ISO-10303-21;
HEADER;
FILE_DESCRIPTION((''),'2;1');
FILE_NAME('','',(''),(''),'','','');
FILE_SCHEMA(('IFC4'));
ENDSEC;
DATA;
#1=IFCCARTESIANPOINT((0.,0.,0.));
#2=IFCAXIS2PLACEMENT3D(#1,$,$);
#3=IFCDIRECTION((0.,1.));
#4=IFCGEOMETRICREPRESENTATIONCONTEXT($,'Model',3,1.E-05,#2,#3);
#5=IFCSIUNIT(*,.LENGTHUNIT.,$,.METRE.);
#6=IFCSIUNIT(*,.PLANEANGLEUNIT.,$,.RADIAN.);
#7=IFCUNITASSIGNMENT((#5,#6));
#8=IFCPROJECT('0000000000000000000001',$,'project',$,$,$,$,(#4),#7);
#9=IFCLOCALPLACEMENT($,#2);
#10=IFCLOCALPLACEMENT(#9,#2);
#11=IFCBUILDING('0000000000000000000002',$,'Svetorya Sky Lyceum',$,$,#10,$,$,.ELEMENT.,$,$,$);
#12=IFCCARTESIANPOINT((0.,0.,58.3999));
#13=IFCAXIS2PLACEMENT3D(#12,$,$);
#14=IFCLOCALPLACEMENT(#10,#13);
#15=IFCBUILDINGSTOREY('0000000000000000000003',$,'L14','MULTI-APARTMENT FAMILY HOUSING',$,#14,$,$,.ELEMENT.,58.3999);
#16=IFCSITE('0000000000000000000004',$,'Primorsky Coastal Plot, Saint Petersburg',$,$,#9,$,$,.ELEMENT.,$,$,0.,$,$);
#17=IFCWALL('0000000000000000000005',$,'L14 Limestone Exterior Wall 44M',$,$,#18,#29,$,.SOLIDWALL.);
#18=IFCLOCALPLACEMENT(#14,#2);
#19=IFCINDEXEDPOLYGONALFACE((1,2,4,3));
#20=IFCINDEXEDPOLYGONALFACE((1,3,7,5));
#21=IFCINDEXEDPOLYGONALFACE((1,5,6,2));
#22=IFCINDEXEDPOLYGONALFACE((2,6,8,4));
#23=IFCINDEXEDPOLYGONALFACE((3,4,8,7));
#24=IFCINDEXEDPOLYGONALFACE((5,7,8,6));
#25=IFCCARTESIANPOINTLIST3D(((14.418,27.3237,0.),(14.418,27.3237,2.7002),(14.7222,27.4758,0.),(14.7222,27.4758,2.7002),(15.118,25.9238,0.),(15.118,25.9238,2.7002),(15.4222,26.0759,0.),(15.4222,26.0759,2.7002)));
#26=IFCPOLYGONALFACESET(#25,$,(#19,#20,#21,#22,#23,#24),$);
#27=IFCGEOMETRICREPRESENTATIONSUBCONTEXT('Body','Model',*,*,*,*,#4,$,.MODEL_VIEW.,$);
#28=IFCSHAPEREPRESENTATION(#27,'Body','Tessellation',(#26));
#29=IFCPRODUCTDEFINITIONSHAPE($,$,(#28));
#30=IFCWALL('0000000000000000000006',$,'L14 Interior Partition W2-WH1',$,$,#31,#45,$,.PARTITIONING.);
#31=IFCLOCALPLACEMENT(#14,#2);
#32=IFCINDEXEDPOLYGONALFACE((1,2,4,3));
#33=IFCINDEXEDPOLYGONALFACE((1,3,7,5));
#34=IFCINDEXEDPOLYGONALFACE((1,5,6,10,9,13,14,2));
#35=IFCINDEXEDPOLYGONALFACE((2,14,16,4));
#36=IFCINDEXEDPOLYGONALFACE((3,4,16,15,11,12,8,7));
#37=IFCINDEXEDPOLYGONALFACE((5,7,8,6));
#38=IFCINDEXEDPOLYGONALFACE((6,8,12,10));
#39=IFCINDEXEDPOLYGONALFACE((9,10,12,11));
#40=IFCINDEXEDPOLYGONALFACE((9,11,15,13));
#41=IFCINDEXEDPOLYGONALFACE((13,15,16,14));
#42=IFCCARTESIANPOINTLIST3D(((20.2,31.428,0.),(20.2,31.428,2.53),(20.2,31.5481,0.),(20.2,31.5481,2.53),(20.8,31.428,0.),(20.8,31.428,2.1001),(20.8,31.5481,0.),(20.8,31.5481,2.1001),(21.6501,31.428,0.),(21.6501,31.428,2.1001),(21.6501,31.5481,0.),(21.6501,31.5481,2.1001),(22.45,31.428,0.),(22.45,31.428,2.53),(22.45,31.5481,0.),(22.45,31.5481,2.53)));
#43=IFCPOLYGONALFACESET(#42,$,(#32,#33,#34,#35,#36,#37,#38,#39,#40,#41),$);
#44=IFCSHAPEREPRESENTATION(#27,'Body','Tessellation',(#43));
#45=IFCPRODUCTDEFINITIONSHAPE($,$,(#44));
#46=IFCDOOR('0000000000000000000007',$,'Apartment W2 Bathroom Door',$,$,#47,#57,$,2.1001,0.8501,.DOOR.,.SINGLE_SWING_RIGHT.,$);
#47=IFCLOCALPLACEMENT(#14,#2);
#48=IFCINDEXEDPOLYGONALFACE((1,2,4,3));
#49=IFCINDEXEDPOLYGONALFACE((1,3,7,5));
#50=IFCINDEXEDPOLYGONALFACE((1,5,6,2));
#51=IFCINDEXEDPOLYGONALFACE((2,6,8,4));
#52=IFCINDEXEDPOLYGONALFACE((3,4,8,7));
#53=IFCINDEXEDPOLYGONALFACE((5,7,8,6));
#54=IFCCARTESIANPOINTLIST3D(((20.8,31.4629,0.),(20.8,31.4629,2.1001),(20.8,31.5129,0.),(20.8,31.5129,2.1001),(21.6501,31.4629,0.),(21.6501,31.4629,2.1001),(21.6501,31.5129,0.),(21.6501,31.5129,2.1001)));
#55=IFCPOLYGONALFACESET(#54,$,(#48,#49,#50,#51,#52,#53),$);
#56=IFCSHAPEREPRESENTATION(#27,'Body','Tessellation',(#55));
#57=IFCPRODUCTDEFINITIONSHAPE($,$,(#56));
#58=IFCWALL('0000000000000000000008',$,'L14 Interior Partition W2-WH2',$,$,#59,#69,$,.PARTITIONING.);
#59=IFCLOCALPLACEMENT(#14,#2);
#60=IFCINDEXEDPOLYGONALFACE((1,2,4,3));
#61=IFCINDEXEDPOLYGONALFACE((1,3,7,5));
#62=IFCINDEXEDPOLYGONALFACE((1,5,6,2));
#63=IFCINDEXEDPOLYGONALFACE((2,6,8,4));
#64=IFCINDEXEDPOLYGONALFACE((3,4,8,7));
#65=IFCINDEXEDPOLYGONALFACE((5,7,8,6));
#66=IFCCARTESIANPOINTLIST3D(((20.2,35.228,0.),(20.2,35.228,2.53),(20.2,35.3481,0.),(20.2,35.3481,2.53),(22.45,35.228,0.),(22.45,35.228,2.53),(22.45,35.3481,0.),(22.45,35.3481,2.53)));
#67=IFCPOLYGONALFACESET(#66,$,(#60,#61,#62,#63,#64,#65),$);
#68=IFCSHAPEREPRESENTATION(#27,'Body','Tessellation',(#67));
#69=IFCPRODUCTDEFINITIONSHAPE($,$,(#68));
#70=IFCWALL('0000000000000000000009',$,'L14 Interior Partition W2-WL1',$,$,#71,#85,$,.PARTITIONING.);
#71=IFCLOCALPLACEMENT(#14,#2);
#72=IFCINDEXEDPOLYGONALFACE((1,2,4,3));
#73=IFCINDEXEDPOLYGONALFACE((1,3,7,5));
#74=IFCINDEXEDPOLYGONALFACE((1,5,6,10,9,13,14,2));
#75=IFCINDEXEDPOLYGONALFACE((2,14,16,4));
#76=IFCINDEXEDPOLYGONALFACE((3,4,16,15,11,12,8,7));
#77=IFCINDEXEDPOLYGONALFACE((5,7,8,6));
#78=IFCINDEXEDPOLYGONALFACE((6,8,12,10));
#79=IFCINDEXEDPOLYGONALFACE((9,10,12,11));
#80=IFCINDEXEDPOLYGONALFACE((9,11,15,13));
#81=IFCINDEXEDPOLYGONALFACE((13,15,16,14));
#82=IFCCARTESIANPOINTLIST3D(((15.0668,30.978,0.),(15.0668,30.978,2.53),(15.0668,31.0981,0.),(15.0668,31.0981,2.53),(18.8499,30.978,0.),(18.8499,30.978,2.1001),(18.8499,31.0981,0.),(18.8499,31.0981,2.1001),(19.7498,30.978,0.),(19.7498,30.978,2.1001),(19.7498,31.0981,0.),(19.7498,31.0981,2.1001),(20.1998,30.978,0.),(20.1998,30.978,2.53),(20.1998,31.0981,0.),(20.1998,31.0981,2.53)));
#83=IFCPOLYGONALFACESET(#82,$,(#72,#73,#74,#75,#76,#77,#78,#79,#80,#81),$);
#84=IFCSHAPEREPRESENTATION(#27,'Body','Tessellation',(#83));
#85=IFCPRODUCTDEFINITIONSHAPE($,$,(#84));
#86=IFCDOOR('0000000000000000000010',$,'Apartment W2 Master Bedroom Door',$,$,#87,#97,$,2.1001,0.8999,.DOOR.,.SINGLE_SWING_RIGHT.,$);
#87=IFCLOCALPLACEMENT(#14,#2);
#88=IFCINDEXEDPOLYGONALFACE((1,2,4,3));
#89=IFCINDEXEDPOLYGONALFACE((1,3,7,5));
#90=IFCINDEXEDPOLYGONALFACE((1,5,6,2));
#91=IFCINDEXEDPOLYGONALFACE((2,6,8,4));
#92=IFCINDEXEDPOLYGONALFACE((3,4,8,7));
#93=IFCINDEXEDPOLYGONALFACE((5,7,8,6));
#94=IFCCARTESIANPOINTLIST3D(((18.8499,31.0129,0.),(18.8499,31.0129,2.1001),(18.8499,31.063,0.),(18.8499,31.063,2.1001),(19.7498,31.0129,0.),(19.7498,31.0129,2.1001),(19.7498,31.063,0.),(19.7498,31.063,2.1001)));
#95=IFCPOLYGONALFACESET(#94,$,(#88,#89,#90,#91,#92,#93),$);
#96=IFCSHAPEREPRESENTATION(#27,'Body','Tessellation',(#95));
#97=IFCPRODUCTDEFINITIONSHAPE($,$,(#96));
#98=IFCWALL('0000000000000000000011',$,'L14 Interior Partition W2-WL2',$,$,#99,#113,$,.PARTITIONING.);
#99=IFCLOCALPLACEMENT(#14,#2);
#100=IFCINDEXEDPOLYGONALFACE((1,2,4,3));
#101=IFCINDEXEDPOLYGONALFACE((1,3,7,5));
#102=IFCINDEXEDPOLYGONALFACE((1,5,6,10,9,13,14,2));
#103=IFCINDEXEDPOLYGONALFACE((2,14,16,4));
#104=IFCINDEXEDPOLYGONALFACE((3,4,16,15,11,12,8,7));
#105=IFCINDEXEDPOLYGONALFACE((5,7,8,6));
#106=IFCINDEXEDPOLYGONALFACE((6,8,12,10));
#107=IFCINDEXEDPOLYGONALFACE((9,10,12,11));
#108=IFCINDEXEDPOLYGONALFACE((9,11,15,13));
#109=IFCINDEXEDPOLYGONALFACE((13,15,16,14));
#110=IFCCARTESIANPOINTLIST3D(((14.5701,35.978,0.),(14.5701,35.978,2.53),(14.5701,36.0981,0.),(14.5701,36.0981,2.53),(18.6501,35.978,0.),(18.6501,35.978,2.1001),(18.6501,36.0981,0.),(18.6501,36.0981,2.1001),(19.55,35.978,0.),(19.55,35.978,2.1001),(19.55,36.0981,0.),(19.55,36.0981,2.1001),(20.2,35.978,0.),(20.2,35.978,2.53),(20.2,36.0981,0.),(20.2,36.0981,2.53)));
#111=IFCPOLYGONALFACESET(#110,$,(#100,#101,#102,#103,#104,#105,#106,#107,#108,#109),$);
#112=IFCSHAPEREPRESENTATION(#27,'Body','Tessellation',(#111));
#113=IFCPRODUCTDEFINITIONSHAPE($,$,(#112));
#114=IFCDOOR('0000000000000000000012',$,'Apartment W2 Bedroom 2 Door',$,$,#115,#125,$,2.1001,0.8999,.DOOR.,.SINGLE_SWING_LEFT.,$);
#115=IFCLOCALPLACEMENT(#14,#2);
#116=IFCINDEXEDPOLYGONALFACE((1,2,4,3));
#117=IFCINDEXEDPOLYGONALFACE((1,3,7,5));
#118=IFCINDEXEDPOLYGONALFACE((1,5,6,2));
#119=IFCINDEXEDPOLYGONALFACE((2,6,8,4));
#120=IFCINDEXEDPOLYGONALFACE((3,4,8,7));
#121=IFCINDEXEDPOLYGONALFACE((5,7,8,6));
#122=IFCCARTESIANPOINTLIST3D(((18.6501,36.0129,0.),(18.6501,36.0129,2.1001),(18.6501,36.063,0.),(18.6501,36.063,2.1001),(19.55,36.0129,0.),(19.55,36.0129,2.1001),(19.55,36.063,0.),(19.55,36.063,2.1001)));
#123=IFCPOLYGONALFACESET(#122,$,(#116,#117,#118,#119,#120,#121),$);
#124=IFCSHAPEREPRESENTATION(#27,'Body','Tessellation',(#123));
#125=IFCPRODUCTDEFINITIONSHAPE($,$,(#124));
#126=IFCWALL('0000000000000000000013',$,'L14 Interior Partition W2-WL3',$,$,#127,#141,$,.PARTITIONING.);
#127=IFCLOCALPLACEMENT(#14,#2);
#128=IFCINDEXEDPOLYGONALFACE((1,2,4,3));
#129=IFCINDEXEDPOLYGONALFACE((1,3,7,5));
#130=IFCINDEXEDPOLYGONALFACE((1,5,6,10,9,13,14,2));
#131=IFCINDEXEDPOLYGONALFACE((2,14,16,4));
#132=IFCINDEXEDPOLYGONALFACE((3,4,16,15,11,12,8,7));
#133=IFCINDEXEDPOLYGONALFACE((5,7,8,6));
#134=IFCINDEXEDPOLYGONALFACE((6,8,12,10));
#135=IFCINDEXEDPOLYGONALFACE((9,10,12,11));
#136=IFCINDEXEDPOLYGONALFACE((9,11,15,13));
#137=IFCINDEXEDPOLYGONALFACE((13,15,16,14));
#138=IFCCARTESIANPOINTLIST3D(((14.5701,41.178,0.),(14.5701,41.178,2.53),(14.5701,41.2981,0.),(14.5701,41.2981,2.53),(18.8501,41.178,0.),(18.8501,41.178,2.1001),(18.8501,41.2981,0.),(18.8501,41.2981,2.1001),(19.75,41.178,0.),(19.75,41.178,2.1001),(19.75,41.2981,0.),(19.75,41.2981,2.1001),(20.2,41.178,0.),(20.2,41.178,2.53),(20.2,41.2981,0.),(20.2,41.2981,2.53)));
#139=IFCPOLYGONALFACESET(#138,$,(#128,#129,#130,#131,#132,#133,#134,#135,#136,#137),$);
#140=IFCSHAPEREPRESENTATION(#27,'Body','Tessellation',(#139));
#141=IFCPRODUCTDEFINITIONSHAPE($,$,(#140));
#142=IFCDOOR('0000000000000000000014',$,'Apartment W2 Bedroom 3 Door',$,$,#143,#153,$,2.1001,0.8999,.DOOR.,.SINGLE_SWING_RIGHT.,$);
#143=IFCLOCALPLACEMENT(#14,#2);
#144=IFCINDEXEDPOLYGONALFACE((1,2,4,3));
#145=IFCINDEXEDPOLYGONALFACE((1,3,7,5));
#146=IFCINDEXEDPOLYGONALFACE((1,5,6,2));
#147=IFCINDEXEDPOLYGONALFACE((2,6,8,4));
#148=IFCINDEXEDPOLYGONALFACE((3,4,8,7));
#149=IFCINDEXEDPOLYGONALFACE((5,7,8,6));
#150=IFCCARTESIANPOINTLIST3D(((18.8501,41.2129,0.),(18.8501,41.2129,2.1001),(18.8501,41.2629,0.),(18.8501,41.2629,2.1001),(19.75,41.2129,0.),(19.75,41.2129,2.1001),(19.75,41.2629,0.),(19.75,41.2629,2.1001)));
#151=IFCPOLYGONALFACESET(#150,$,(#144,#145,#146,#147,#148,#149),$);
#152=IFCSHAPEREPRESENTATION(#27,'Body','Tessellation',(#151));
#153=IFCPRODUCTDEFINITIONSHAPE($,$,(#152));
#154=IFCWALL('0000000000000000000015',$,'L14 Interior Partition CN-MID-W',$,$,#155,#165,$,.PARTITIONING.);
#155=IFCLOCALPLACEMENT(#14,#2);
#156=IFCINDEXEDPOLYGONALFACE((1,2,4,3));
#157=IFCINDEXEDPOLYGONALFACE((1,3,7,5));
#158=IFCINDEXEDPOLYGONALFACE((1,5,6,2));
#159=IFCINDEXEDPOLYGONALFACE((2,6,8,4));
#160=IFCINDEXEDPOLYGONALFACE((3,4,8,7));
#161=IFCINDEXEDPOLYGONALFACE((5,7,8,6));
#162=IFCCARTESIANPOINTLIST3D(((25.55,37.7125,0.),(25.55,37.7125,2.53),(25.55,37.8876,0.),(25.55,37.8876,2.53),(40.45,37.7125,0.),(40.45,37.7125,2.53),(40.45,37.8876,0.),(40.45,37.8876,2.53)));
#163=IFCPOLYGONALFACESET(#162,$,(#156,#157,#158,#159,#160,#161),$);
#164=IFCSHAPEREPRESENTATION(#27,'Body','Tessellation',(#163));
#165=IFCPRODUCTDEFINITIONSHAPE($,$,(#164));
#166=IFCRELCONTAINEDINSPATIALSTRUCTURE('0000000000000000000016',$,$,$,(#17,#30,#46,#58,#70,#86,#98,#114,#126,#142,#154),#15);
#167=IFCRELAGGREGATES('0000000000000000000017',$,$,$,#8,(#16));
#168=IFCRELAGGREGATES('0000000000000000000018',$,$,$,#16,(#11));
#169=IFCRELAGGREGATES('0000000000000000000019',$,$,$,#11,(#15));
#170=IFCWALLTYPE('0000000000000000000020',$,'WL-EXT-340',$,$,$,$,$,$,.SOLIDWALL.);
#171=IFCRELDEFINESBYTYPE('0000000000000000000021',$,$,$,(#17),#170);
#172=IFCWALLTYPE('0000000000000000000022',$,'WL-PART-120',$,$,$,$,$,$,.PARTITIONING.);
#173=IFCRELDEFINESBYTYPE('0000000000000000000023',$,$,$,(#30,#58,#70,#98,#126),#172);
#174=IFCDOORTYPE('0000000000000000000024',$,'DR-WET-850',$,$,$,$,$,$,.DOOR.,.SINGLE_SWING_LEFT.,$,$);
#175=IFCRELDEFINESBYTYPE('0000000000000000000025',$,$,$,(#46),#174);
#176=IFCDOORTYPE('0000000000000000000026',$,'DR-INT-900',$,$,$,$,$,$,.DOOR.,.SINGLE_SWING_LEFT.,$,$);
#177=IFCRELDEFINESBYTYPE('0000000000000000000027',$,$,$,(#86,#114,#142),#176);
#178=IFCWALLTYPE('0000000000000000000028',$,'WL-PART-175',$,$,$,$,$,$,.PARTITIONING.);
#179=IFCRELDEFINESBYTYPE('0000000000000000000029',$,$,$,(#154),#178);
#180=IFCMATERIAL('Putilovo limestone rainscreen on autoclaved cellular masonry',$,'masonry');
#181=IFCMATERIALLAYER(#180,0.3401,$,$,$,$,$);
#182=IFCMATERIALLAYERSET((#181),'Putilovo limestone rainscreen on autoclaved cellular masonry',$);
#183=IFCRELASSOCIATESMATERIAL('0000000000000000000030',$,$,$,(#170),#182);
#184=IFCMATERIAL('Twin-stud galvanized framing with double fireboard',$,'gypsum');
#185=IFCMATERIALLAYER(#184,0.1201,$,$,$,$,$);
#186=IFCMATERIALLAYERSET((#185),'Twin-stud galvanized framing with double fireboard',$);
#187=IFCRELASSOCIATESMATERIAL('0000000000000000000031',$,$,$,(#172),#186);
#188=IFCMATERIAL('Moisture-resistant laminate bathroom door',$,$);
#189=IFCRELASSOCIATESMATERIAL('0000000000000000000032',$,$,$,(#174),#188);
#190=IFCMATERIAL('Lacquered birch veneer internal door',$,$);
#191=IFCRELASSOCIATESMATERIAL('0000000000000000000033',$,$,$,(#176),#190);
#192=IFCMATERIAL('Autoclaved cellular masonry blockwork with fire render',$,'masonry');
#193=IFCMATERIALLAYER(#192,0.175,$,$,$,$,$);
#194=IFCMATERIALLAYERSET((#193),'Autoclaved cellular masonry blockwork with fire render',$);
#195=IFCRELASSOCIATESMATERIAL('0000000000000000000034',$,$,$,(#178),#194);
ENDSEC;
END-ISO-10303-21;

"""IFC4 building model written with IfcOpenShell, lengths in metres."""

from ifc_helpers import new_model, si_unit, direction, frame, frame_2d, origin, place, context, subcontext, project, spatial, rectangle, extrude, material, layer, layer_set, type_object, element, fill, save


model = new_model("IFC4")

# Units and contexts
model_context = context("Model", 3, precision=1e-05, world=origin(), true_north=direction((0.0, 1.0)))
body_context = subcontext(model_context, "Body", "Model", "MODEL_VIEW")
ifc_project = project(units=[si_unit("LENGTHUNIT", "METRE"), si_unit("PLANEANGLEUNIT", "RADIAN")], contexts=[model_context])

# Site, building, storey
site_placement = place(None, origin())
site = spatial("IfcSite", under=ifc_project, at=site_placement, Name="Primorsky Coastal Plot, Saint Petersburg", CompositionType="ELEMENT", RefElevation=0.0)
building_placement = place(site_placement, origin())
building = spatial("IfcBuilding", under=site, at=building_placement, Name="Svetorya Sky Lyceum", CompositionType="ELEMENT")
storey_placement = place(building_placement, frame((0.0, 0.0, 58.3999)))
storey = spatial("IfcBuildingStorey", under=building, at=storey_placement, Name="L14", Description="MULTI-APARTMENT FAMILY HOUSING", CompositionType="ELEMENT", Elevation=58.3999)

# Shared definitions
ifc_material_1 = material(Name="Putilovo limestone rainscreen on autoclaved cellular masonry", Category="masonry")
ifc_layer_1 = layer(ifc_material_1, 0.3401)
ifc_layer_set_1 = layer_set([ifc_layer_1], Name="Putilovo limestone rainscreen on autoclaved cellular masonry")
wall_type_1 = type_object("IfcWallType", Name="WL-EXT-340", PredefinedType="SOLIDWALL", material=ifc_layer_set_1)

# Wall
wall_1_placement = place(storey_placement, frame((14.5701, 27.3999, 0.0), z_axis=(0.0, 0.0, 1.0), x_axis=(0.447214, -0.894427, 0.0)))
element("IfcWall", 1, at=wall_1_placement, inside=storey, type_object=wall_type_1, Name="L14 Limestone Exterior Wall 44M", PredefinedType="SOLIDWALL", context=body_context, shape_type="SweptSolid", body=[
    extrude(rectangle(XDim=1.5652, YDim=0.3401, at=frame_2d((0.7827, 0.0))), origin(), (0.0, 0.0, 1.0), 2.7002),
])

# Wall, opening, door
ifc_material_2 = material(Name="Twin-stud galvanized framing with double fireboard", Category="gypsum")
ifc_layer_2 = layer(ifc_material_2, 0.1201)
ifc_layer_set_2 = layer_set([ifc_layer_2], Name="Twin-stud galvanized framing with double fireboard")
wall_type_2 = type_object("IfcWallType", Name="WL-PART-120", PredefinedType="PARTITIONING", material=ifc_layer_set_2)
wall_2_placement = place(storey_placement, frame((20.2, 31.488, 0.0), z_axis=(0.0, 0.0, 1.0), x_axis=(1.0, 0.0, 0.0)))
wall_2 = element("IfcWall", 2, at=wall_2_placement, inside=storey, type_object=wall_type_2, Name="L14 Interior Partition W2-WH1", PredefinedType="PARTITIONING", context=body_context, shape_type="SweptSolid", body=[
    extrude(rectangle(XDim=2.25, YDim=0.1201, at=frame_2d((1.125, 0.0))), origin(), (0.0, 0.0, 1.0), 2.53),
])
opening_1_placement = place(wall_2_placement, frame((0.6001, 0.0, 0.0)))
opening_1 = element("IfcOpeningElement", 3, at=opening_1_placement, cuts=wall_2, PredefinedType="OPENING", context=body_context, shape_type="SweptSolid", body=[
    extrude(rectangle(XDim=0.8501, YDim=2.1001, at=frame_2d((0.425, 1.05))), frame((0.0, 0.0701, 0.0), z_axis=(0.0, -1.0, 0.0), x_axis=(1.0, 0.0, 0.0)), (0.0, 0.0, 1.0), 0.1401),
])
ifc_material_3 = material(Name="Moisture-resistant laminate bathroom door")
door_type_1 = type_object("IfcDoorType", Name="DR-WET-850", OperationType="SINGLE_SWING_LEFT", PredefinedType="DOOR", material=ifc_material_3)
door_1_placement = place(opening_1_placement, origin())
door_1 = element("IfcDoor", 4, at=door_1_placement, inside=storey, type_object=door_type_1, Name="Apartment W2 Bathroom Door", OperationType="SINGLE_SWING_RIGHT", OverallHeight=2.1001, OverallWidth=0.8501, PredefinedType="DOOR", context=body_context, shape_type="SweptSolid", body=[
    extrude(rectangle(XDim=0.8501, YDim=2.1001, at=frame_2d((0.425, 1.05))), frame((0.0, 0.0249, 0.0), z_axis=(0.0, -1.0, 0.0), x_axis=(1.0, 0.0, 0.0)), (0.0, 0.0, 1.0), 0.05),
])
fill(opening_1, door_1)

# Wall
wall_3_placement = place(storey_placement, frame((20.2, 35.2881, 0.0), z_axis=(0.0, 0.0, 1.0), x_axis=(1.0, 0.0, 0.0)))
element("IfcWall", 5, at=wall_3_placement, inside=storey, type_object=wall_type_2, Name="L14 Interior Partition W2-WH2", PredefinedType="PARTITIONING", context=body_context, shape_type="SweptSolid", body=[
    extrude(rectangle(XDim=2.25, YDim=0.1201, at=frame_2d((1.125, 0.0))), origin(), (0.0, 0.0, 1.0), 2.53),
])

# Walls, openings, doors
wall_4_placement = place(storey_placement, frame((15.0669, 31.0381, 0.0), z_axis=(0.0, 0.0, 1.0), x_axis=(1.0, 0.0, 0.0)))
wall_4 = element("IfcWall", 6, at=wall_4_placement, inside=storey, type_object=wall_type_2, Name="L14 Interior Partition W2-WL1", PredefinedType="PARTITIONING", context=body_context, shape_type="SweptSolid", body=[
    extrude(rectangle(XDim=5.1331, YDim=0.1201, at=frame_2d((2.5664, 0.0))), origin(), (0.0, 0.0, 1.0), 2.53),
])
opening_2_placement = place(wall_4_placement, frame((3.783, 0.0, 0.0)))
opening_2 = element("IfcOpeningElement", 7, at=opening_2_placement, cuts=wall_4, PredefinedType="OPENING", context=body_context, shape_type="SweptSolid", body=[
    extrude(rectangle(XDim=0.8999, YDim=2.1001, at=frame_2d((0.45, 1.05))), frame((0.0, 0.0701, 0.0), z_axis=(0.0, -1.0, 0.0), x_axis=(1.0, 0.0, 0.0)), (0.0, 0.0, 1.0), 0.1401),
])
ifc_material_4 = material(Name="Lacquered birch veneer internal door")
door_type_2 = type_object("IfcDoorType", Name="DR-INT-900", OperationType="SINGLE_SWING_LEFT", PredefinedType="DOOR", material=ifc_material_4)
door_2_placement = place(opening_2_placement, origin())
door_2 = element("IfcDoor", 8, at=door_2_placement, inside=storey, type_object=door_type_2, Name="Apartment W2 Master Bedroom Door", OperationType="SINGLE_SWING_RIGHT", OverallHeight=2.1001, OverallWidth=0.8999, PredefinedType="DOOR", context=body_context, shape_type="SweptSolid", body=[
    extrude(rectangle(XDim=0.8999, YDim=2.1001, at=frame_2d((0.45, 1.05))), frame((0.0, 0.0249, 0.0), z_axis=(0.0, -1.0, 0.0), x_axis=(1.0, 0.0, 0.0)), (0.0, 0.0, 1.0), 0.05),
])
fill(opening_2, door_2)
wall_5_placement = place(storey_placement, frame((14.5701, 36.0381, 0.0), z_axis=(0.0, 0.0, 1.0), x_axis=(1.0, 0.0, 0.0)))
wall_5 = element("IfcWall", 9, at=wall_5_placement, inside=storey, type_object=wall_type_2, Name="L14 Interior Partition W2-WL2", PredefinedType="PARTITIONING", context=body_context, shape_type="SweptSolid", body=[
    extrude(rectangle(XDim=5.6299, YDim=0.1201, at=frame_2d((2.8149, 0.0))), origin(), (0.0, 0.0, 1.0), 2.53),
])
opening_3_placement = place(wall_5_placement, frame((4.0801, 0.0, 0.0)))
opening_3 = element("IfcOpeningElement", 10, at=opening_3_placement, cuts=wall_5, PredefinedType="OPENING", context=body_context, shape_type="SweptSolid", body=[
    extrude(rectangle(XDim=0.8999, YDim=2.1001, at=frame_2d((0.45, 1.05))), frame((0.0, 0.0701, 0.0), z_axis=(0.0, -1.0, 0.0), x_axis=(1.0, 0.0, 0.0)), (0.0, 0.0, 1.0), 0.1401),
])
door_3_placement = place(opening_3_placement, origin())
door_3 = element("IfcDoor", 11, at=door_3_placement, inside=storey, type_object=door_type_2, Name="Apartment W2 Bedroom 2 Door", OperationType="SINGLE_SWING_LEFT", OverallHeight=2.1001, OverallWidth=0.8999, PredefinedType="DOOR", context=body_context, shape_type="SweptSolid", body=[
    extrude(rectangle(XDim=0.8999, YDim=2.1001, at=frame_2d((0.45, 1.05))), frame((0.0, 0.0249, 0.0), z_axis=(0.0, -1.0, 0.0), x_axis=(1.0, 0.0, 0.0)), (0.0, 0.0, 1.0), 0.05),
])
fill(opening_3, door_3)
wall_6_placement = place(storey_placement, frame((14.5701, 41.238, 0.0), z_axis=(0.0, 0.0, 1.0), x_axis=(1.0, 0.0, 0.0)))
wall_6 = element("IfcWall", 12, at=wall_6_placement, inside=storey, type_object=wall_type_2, Name="L14 Interior Partition W2-WL3", PredefinedType="PARTITIONING", context=body_context, shape_type="SweptSolid", body=[
    extrude(rectangle(XDim=5.6299, YDim=0.1201, at=frame_2d((2.8149, 0.0))), origin(), (0.0, 0.0, 1.0), 2.53),
])
opening_4_placement = place(wall_6_placement, frame((4.28, 0.0, 0.0)))
opening_4 = element("IfcOpeningElement", 13, at=opening_4_placement, cuts=wall_6, PredefinedType="OPENING", context=body_context, shape_type="SweptSolid", body=[
    extrude(rectangle(XDim=0.8999, YDim=2.1001, at=frame_2d((0.45, 1.05))), frame((0.0, 0.0701, 0.0), z_axis=(0.0, -1.0, 0.0), x_axis=(1.0, 0.0, 0.0)), (0.0, 0.0, 1.0), 0.1401),
])
door_4_placement = place(opening_4_placement, origin())
door_4 = element("IfcDoor", 14, at=door_4_placement, inside=storey, type_object=door_type_2, Name="Apartment W2 Bedroom 3 Door", OperationType="SINGLE_SWING_RIGHT", OverallHeight=2.1001, OverallWidth=0.8999, PredefinedType="DOOR", context=body_context, shape_type="SweptSolid", body=[
    extrude(rectangle(XDim=0.8999, YDim=2.1001, at=frame_2d((0.45, 1.05))), frame((0.0, 0.0249, 0.0), z_axis=(0.0, -1.0, 0.0), x_axis=(1.0, 0.0, 0.0)), (0.0, 0.0, 1.0), 0.05),
])
fill(opening_4, door_4)

# Wall
ifc_material_5 = material(Name="Autoclaved cellular masonry blockwork with fire render", Category="masonry")
ifc_layer_3 = layer(ifc_material_5, 0.175)
ifc_layer_set_3 = layer_set([ifc_layer_3], Name="Autoclaved cellular masonry blockwork with fire render")
wall_type_3 = type_object("IfcWallType", Name="WL-PART-175", PredefinedType="PARTITIONING", material=ifc_layer_set_3)
wall_7_placement = place(storey_placement, frame((25.55, 37.8, 0.0), z_axis=(0.0, 0.0, 1.0), x_axis=(1.0, 0.0, 0.0)))
element("IfcWall", 15, at=wall_7_placement, inside=storey, type_object=wall_type_3, Name="L14 Interior Partition CN-MID-W", PredefinedType="PARTITIONING", context=body_context, shape_type="SweptSolid", body=[
    extrude(rectangle(XDim=14.8999, YDim=0.175, at=frame_2d((7.45, 0.0))), origin(), (0.0, 0.0, 1.0), 2.53),
])

save(model, "model.ifc")
